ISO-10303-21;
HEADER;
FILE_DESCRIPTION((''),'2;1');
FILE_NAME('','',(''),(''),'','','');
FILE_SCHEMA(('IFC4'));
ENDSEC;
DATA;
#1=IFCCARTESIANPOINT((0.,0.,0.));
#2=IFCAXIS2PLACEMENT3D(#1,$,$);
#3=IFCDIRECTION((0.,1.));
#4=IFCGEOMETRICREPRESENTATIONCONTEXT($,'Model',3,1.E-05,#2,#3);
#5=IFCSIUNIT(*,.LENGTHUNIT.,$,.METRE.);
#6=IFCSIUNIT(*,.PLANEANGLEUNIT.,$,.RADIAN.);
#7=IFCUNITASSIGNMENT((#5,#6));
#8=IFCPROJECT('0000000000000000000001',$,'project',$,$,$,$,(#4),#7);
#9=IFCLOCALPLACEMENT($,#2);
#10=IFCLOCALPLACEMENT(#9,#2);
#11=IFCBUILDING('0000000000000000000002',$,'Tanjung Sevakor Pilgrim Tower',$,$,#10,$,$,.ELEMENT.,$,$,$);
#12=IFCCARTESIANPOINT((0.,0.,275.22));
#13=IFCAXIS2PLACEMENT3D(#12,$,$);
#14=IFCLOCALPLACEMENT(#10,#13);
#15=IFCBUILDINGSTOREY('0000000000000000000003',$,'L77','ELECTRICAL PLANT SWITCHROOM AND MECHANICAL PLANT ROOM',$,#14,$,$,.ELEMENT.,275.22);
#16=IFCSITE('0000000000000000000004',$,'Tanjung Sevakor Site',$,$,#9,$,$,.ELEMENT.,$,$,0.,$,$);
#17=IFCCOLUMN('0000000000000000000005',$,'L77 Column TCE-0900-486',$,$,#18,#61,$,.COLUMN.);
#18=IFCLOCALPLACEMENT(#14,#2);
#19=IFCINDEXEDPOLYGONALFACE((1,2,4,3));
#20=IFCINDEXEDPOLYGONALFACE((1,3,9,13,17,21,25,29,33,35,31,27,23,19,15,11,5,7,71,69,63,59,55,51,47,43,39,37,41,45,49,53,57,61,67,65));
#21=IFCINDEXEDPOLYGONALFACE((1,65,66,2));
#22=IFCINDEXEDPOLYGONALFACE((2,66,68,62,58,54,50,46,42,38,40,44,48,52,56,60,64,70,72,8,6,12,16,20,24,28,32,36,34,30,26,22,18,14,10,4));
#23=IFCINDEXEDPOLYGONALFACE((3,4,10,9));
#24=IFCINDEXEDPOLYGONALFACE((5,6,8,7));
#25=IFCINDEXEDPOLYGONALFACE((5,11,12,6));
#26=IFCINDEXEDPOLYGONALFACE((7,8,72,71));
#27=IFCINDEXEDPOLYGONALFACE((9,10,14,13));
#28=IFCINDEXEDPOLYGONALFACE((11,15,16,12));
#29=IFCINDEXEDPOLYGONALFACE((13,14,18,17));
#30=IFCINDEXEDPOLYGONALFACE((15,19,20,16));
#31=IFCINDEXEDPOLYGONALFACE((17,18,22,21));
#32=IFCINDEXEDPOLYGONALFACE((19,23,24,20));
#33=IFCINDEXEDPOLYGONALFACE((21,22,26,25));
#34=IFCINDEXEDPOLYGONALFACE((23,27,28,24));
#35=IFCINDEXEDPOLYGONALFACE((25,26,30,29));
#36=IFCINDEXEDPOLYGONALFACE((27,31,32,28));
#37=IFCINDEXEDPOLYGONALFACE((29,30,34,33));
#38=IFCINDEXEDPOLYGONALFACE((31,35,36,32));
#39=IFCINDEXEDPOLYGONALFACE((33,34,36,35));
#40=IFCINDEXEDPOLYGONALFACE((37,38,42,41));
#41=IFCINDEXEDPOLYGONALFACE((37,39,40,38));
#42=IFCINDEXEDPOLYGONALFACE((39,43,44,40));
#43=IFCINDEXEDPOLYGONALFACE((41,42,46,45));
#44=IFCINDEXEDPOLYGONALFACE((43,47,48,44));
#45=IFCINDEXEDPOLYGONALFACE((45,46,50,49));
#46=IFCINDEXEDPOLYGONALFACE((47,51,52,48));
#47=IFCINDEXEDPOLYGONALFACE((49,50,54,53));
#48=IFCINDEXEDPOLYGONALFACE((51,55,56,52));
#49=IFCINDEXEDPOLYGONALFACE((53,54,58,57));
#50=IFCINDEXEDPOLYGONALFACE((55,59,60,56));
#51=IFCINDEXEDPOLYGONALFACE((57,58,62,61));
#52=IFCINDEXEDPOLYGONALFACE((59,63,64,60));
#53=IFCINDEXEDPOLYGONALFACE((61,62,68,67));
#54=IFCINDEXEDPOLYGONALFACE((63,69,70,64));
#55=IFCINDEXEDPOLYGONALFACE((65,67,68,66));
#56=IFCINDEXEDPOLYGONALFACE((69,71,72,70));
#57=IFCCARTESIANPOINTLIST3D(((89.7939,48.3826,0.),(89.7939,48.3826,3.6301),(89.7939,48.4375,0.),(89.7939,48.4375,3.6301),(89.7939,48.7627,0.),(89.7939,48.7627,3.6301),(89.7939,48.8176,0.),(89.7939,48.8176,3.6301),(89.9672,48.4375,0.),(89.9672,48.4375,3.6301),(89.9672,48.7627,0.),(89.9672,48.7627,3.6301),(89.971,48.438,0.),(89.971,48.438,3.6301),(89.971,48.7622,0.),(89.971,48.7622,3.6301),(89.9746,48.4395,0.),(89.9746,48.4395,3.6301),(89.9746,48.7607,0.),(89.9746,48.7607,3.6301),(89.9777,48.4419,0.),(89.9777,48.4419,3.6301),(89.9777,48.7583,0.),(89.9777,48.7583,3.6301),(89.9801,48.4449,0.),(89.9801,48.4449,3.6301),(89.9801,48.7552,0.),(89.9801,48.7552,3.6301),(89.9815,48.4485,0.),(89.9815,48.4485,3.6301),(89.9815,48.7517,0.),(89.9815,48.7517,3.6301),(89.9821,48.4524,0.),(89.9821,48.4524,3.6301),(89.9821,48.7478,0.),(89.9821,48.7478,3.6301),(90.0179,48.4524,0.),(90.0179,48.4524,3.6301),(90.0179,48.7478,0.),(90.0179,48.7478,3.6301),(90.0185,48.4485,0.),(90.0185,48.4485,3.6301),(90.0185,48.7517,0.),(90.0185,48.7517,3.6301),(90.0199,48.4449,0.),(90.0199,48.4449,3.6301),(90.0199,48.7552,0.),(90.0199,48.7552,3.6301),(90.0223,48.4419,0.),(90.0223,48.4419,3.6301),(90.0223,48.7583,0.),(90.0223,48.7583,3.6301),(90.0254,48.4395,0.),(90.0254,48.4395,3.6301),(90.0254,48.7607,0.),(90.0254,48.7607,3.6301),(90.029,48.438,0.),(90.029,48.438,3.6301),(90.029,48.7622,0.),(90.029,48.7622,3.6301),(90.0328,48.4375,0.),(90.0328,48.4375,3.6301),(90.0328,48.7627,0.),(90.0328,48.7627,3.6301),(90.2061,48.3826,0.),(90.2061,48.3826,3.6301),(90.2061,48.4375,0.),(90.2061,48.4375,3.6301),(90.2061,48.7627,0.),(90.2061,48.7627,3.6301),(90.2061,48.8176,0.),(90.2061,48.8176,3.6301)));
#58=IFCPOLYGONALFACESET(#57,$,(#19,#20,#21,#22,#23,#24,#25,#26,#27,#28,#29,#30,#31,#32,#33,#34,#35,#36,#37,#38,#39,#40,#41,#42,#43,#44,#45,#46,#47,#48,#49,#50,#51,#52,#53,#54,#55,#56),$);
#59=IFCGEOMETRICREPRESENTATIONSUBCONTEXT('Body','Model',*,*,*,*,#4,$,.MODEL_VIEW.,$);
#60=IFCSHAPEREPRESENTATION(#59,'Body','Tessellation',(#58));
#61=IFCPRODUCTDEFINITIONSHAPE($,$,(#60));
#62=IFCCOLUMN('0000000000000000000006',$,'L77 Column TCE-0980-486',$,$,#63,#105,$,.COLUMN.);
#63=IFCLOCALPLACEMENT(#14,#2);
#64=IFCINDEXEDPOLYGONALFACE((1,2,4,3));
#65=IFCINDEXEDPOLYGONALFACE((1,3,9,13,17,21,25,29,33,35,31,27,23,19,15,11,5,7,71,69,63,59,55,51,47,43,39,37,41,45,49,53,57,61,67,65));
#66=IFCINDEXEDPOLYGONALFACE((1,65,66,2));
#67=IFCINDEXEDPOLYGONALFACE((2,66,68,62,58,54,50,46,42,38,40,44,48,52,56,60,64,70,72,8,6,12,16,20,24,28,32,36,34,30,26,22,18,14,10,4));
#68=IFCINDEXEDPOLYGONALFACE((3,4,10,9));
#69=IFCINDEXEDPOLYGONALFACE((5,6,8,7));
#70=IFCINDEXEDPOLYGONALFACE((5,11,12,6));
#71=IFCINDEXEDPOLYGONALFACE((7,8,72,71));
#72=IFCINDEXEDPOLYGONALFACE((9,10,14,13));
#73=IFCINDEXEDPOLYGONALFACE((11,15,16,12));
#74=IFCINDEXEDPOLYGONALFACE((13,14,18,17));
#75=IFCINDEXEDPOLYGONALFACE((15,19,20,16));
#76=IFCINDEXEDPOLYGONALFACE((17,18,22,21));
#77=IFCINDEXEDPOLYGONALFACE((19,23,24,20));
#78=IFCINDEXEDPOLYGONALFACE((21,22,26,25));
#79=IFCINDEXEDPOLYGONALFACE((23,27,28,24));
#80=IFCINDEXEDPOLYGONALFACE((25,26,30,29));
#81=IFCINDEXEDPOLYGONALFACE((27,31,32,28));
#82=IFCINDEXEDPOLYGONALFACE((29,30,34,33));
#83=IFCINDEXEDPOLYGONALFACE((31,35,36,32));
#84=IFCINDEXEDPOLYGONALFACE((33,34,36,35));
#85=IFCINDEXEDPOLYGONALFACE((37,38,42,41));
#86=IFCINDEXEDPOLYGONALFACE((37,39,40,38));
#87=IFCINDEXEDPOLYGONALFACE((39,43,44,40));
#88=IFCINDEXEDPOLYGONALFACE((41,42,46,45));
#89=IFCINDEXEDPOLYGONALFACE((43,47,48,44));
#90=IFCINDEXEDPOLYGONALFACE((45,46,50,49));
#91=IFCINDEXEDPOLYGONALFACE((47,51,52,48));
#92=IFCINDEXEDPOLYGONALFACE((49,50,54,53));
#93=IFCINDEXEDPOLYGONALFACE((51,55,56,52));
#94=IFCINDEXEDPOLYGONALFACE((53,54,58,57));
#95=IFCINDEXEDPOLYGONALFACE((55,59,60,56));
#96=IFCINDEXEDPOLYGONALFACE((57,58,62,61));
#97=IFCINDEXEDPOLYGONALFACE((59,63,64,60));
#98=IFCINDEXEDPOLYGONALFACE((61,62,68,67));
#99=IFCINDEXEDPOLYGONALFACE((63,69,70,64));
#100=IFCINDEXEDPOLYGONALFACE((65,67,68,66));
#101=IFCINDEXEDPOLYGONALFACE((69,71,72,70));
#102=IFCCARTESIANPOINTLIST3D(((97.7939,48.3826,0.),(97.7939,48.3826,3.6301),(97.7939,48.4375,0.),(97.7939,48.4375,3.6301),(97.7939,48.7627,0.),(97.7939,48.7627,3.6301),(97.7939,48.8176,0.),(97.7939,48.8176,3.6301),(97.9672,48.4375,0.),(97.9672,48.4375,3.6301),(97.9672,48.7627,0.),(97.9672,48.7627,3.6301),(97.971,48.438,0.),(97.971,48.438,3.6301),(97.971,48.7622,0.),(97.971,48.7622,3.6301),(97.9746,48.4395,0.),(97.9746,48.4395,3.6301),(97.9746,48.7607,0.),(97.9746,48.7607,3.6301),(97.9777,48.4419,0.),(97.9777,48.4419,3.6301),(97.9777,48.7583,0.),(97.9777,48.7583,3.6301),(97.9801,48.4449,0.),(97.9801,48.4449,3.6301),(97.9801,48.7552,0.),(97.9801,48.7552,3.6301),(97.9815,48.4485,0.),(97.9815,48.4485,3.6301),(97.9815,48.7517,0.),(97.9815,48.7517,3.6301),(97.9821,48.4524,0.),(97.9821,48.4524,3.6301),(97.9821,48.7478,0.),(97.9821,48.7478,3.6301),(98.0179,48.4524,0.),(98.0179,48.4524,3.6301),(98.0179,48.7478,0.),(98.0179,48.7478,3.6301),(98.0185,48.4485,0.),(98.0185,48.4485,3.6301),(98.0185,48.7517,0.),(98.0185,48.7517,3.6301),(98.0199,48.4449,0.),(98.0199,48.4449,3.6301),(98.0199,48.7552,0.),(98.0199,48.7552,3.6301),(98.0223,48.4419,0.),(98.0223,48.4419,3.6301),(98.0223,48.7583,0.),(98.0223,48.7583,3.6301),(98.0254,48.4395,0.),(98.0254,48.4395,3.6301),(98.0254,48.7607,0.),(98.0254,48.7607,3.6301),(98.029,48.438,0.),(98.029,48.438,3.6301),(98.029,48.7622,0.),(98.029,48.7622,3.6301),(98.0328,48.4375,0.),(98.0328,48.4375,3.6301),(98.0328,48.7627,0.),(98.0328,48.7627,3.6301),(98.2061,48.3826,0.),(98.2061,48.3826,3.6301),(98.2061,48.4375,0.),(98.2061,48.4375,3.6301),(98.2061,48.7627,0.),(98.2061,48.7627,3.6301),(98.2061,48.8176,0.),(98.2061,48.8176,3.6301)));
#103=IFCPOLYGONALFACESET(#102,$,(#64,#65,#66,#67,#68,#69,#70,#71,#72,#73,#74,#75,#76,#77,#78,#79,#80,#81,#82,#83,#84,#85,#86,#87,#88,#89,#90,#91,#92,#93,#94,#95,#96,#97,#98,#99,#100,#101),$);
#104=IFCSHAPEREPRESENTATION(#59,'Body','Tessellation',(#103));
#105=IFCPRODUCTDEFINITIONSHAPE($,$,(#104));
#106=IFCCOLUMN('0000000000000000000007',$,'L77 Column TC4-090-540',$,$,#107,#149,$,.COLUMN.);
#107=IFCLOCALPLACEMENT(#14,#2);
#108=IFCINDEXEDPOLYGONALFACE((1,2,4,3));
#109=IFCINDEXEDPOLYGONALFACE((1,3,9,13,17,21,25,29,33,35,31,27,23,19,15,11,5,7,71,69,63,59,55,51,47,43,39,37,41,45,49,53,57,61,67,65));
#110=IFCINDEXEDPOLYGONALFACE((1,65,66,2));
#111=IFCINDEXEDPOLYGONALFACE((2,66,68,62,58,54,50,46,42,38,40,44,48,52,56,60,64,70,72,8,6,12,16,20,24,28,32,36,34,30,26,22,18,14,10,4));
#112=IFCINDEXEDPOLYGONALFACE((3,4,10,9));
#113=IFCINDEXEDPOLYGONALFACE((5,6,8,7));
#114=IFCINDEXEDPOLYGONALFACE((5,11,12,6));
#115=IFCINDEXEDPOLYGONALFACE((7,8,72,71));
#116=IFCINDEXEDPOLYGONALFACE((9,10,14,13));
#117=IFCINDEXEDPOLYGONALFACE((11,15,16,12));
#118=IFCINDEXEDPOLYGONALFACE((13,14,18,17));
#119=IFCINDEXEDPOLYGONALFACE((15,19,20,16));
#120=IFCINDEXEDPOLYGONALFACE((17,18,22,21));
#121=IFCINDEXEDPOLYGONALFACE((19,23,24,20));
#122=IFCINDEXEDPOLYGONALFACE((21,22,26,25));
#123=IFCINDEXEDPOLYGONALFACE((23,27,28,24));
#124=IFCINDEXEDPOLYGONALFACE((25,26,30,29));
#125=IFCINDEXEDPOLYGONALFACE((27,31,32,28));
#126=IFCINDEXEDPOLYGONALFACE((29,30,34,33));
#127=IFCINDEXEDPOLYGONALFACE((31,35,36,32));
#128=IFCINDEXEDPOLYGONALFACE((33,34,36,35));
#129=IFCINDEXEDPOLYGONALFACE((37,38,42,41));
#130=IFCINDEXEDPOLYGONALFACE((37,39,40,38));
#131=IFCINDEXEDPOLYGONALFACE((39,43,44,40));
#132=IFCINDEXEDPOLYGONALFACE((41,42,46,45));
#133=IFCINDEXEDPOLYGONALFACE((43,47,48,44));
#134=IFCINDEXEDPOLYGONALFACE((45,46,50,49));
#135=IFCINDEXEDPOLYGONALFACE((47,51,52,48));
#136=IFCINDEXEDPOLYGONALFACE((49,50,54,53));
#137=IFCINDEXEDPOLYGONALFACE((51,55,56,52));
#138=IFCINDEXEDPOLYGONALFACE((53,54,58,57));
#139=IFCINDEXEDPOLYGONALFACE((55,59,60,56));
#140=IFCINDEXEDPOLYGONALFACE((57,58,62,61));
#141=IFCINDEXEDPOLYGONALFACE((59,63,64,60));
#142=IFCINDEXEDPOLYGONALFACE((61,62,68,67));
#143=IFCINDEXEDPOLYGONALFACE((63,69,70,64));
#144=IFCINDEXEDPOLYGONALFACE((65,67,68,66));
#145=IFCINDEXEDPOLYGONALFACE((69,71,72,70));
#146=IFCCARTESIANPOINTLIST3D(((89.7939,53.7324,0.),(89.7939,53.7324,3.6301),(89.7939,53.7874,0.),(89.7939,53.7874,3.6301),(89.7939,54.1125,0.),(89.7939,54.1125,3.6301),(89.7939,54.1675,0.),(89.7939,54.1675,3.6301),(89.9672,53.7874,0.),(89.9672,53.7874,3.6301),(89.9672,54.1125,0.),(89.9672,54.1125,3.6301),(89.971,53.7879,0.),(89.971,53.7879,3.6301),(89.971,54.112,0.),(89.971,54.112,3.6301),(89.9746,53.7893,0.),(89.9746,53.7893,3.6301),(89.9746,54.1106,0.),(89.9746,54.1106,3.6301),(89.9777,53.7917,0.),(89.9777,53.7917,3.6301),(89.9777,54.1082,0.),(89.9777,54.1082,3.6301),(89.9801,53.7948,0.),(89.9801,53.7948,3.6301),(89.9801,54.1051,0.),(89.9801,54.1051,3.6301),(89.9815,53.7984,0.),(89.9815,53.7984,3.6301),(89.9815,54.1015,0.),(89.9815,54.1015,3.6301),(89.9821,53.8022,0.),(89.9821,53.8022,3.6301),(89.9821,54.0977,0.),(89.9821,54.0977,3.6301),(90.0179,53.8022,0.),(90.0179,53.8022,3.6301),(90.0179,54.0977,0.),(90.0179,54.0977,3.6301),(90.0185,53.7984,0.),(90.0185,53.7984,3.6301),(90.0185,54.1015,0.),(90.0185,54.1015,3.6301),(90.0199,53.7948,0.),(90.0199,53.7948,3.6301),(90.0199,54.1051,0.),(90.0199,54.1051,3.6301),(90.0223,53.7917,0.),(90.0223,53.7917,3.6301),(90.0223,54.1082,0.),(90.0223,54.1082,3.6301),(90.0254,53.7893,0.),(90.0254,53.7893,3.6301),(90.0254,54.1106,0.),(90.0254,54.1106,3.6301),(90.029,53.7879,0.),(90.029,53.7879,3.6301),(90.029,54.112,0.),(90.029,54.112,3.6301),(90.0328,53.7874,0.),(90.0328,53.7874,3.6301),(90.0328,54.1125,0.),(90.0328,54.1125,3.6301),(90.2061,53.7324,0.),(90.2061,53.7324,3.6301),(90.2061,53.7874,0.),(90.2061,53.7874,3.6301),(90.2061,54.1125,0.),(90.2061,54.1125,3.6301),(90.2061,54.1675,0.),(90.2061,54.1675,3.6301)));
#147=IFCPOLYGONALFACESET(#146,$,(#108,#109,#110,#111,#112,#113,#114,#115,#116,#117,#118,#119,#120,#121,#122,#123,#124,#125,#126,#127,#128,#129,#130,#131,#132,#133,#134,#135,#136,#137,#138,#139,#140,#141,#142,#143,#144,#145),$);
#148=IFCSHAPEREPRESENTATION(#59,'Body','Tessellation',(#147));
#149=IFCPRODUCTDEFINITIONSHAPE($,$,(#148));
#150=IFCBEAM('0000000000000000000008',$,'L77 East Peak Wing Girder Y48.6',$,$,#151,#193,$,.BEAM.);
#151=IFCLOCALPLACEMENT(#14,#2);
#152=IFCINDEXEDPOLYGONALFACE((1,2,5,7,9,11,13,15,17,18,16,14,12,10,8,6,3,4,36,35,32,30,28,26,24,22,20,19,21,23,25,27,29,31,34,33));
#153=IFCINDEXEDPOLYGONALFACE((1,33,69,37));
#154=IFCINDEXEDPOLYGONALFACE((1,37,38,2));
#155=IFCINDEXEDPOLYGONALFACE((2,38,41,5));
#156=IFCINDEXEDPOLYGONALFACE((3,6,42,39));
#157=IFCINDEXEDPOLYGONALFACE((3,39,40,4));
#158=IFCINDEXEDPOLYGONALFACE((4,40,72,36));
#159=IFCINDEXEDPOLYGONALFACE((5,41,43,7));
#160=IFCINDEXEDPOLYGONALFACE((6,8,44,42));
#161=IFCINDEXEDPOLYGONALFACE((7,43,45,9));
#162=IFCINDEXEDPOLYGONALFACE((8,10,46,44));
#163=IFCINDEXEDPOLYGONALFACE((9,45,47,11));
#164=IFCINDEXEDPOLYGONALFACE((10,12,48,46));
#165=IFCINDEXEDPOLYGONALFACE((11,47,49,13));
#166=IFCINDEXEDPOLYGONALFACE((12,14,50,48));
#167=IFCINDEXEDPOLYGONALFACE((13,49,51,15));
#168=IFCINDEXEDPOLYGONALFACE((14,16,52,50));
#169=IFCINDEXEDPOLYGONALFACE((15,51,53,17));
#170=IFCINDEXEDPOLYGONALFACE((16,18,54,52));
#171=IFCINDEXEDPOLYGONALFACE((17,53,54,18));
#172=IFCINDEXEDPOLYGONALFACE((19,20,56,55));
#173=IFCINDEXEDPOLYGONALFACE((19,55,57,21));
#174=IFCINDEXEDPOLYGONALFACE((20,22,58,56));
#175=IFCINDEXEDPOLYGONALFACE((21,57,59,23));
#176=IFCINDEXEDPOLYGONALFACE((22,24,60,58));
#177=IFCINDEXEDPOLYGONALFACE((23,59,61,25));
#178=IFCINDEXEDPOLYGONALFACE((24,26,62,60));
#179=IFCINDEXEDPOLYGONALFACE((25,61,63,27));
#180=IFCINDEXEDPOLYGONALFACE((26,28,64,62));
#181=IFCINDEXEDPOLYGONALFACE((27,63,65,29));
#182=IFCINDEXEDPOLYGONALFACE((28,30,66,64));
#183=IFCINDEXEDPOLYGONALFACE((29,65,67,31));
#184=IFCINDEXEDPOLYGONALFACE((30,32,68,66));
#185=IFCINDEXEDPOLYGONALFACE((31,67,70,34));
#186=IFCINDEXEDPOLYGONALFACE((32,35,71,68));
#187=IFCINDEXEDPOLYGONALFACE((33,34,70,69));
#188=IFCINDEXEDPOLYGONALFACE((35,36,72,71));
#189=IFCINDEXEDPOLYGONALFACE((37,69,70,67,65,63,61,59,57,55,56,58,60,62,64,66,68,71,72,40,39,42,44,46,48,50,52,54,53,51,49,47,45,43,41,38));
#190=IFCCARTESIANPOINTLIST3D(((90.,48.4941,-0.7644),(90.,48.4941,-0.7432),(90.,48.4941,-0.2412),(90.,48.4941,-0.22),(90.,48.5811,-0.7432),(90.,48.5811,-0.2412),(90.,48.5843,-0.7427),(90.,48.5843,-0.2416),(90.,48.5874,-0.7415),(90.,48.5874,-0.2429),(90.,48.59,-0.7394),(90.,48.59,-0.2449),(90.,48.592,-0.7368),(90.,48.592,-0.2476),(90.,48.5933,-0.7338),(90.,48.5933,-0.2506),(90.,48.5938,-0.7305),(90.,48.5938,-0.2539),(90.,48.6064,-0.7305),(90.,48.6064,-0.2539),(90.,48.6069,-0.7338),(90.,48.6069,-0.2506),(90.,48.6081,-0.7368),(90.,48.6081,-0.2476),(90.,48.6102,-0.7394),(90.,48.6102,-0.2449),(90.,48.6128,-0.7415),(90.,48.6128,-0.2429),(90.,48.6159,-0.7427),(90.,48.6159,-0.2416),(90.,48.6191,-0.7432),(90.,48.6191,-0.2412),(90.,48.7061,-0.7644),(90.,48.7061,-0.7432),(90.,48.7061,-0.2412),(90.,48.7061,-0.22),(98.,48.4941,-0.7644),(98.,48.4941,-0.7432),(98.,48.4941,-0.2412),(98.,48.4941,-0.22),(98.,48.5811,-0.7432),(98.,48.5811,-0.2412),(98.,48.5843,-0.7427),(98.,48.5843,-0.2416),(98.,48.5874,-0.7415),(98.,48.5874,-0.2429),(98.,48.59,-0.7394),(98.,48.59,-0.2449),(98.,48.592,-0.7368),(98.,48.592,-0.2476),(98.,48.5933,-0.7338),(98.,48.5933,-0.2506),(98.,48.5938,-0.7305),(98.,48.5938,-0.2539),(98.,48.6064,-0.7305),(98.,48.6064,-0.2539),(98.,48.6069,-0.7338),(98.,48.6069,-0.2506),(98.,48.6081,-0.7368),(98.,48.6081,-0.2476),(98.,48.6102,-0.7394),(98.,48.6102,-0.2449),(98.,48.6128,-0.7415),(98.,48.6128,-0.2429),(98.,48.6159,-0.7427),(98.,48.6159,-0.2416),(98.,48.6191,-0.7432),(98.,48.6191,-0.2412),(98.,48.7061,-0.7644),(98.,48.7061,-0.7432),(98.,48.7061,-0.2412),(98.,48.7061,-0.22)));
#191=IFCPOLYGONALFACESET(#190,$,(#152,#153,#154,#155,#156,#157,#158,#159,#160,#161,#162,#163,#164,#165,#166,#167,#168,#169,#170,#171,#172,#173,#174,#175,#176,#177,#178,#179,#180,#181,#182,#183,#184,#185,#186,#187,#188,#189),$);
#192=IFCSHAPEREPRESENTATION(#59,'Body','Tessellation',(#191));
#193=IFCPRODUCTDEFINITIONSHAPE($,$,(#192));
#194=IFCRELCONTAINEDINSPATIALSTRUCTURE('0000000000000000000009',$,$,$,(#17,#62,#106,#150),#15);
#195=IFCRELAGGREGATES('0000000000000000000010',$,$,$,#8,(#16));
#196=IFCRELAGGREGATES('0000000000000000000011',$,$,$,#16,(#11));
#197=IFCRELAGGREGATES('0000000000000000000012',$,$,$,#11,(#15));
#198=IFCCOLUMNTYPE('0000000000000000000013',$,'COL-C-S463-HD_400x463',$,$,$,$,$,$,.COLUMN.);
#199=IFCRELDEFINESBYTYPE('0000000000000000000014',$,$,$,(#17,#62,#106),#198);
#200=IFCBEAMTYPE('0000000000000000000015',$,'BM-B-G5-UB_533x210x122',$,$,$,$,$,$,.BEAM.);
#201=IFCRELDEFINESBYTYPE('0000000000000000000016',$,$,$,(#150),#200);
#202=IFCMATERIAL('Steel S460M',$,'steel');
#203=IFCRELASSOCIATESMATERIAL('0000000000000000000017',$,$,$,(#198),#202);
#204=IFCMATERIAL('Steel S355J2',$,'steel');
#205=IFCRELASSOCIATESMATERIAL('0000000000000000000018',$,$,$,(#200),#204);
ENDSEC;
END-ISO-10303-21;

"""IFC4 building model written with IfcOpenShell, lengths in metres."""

from ifc_helpers import new_model, si_unit, direction, frame, origin, origin_2d, place, context, subcontext, project, spatial, i_section, extrude, material, material_profile, profile_set, type_object, element, save


model = new_model("IFC4")

# Units and contexts
model_context = context("Model", 3, precision=1e-05, world=origin(), true_north=direction((0.0, 1.0)))
body_context = subcontext(model_context, "Body", "Model", "MODEL_VIEW")
ifc_project = project(units=[si_unit("LENGTHUNIT", "METRE"), si_unit("PLANEANGLEUNIT", "RADIAN")], contexts=[model_context])

# Site, building, storey
site_placement = place(None, origin())
site = spatial("IfcSite", under=ifc_project, at=site_placement, Name="Tanjung Sevakor Site", CompositionType="ELEMENT", RefElevation=0.0)
building_placement = place(site_placement, origin())
building = spatial("IfcBuilding", under=site, at=building_placement, Name="Tanjung Sevakor Pilgrim Tower", CompositionType="ELEMENT")
storey_placement = place(building_placement, frame((0.0, 0.0, 275.22)))
storey = spatial("IfcBuildingStorey", under=building, at=storey_placement, Name="L77", Description="ELECTRICAL PLANT SWITCHROOM AND MECHANICAL PLANT ROOM", CompositionType="ELEMENT", Elevation=275.22)

# Columns
ifc_material_1 = material(Name="Steel S460M", Category="steel")
ifc_material_profile_1 = material_profile(ifc_material_1, i_section(OverallWidth=0.4121, OverallDepth=0.4351, WebThickness=0.0359, FlangeThickness=0.0549, FilletRadius=0.0149, at=origin_2d()))
ifc_profile_set_1 = profile_set([ifc_material_profile_1], Name="Steel S460M")
column_type = type_object("IfcColumnType", Name="COL-C-S463-HD_400x463", PredefinedType="COLUMN", material=ifc_profile_set_1)
for number, where, z_axis, x_axis, name in (
    (1, (90.0, 48.6001, 0.0), (0.0, 0.0, 1.0), (1.0, 0.0, 0.0), "L77 Column TCE-0900-486"),
    (2, (98.0, 48.6001, 0.0), (0.0, 0.0, 1.0), (1.0, 0.0, 0.0), "L77 Column TCE-0980-486"),
    (3, (90.0, 53.95, 0.0), (0.0, 0.0, 1.0), (1.0, 0.0, 0.0), "L77 Column TC4-090-540"),
):
    element("IfcColumn", number, at=place(storey_placement, frame(where, z_axis=z_axis, x_axis=x_axis)), inside=storey, type_object=column_type, Name=name, PredefinedType="COLUMN", context=body_context, shape_type="SweptSolid", body=[
        extrude(i_section(OverallWidth=0.4121, OverallDepth=0.4351, WebThickness=0.0359, FlangeThickness=0.0549, FilletRadius=0.0149, at=origin_2d()), origin(), (0.0, 0.0, 1.0), 3.6301),
    ])

# Beam
ifc_material_2 = material(Name="Steel S355J2", Category="steel")
ifc_material_profile_2 = material_profile(ifc_material_2, i_section(OverallWidth=0.2119, OverallDepth=0.5444, WebThickness=0.0127, FlangeThickness=0.0212, FilletRadius=0.0127, at=origin_2d()))
ifc_profile_set_2 = profile_set([ifc_material_profile_2], Name="Steel S355J2")
beam_type = type_object("IfcBeamType", Name="BM-B-G5-UB_533x210x122", PredefinedType="BEAM", material=ifc_profile_set_2)
beam_placement = place(storey_placement, frame((90.0, 48.6001, -0.4922), z_axis=(1.0, 0.0, 0.0), x_axis=(0.0, 1.0, 0.0)))
element("IfcBeam", 4, at=beam_placement, inside=storey, type_object=beam_type, Name="L77 East Peak Wing Girder Y48.6", PredefinedType="BEAM", context=body_context, shape_type="SweptSolid", body=[
    extrude(i_section(OverallWidth=0.2119, OverallDepth=0.5444, WebThickness=0.0127, FlangeThickness=0.0212, FilletRadius=0.0127, at=origin_2d()), origin(), (0.0, 0.0, 1.0), 8.0),
])

save(model, "model.ifc")
